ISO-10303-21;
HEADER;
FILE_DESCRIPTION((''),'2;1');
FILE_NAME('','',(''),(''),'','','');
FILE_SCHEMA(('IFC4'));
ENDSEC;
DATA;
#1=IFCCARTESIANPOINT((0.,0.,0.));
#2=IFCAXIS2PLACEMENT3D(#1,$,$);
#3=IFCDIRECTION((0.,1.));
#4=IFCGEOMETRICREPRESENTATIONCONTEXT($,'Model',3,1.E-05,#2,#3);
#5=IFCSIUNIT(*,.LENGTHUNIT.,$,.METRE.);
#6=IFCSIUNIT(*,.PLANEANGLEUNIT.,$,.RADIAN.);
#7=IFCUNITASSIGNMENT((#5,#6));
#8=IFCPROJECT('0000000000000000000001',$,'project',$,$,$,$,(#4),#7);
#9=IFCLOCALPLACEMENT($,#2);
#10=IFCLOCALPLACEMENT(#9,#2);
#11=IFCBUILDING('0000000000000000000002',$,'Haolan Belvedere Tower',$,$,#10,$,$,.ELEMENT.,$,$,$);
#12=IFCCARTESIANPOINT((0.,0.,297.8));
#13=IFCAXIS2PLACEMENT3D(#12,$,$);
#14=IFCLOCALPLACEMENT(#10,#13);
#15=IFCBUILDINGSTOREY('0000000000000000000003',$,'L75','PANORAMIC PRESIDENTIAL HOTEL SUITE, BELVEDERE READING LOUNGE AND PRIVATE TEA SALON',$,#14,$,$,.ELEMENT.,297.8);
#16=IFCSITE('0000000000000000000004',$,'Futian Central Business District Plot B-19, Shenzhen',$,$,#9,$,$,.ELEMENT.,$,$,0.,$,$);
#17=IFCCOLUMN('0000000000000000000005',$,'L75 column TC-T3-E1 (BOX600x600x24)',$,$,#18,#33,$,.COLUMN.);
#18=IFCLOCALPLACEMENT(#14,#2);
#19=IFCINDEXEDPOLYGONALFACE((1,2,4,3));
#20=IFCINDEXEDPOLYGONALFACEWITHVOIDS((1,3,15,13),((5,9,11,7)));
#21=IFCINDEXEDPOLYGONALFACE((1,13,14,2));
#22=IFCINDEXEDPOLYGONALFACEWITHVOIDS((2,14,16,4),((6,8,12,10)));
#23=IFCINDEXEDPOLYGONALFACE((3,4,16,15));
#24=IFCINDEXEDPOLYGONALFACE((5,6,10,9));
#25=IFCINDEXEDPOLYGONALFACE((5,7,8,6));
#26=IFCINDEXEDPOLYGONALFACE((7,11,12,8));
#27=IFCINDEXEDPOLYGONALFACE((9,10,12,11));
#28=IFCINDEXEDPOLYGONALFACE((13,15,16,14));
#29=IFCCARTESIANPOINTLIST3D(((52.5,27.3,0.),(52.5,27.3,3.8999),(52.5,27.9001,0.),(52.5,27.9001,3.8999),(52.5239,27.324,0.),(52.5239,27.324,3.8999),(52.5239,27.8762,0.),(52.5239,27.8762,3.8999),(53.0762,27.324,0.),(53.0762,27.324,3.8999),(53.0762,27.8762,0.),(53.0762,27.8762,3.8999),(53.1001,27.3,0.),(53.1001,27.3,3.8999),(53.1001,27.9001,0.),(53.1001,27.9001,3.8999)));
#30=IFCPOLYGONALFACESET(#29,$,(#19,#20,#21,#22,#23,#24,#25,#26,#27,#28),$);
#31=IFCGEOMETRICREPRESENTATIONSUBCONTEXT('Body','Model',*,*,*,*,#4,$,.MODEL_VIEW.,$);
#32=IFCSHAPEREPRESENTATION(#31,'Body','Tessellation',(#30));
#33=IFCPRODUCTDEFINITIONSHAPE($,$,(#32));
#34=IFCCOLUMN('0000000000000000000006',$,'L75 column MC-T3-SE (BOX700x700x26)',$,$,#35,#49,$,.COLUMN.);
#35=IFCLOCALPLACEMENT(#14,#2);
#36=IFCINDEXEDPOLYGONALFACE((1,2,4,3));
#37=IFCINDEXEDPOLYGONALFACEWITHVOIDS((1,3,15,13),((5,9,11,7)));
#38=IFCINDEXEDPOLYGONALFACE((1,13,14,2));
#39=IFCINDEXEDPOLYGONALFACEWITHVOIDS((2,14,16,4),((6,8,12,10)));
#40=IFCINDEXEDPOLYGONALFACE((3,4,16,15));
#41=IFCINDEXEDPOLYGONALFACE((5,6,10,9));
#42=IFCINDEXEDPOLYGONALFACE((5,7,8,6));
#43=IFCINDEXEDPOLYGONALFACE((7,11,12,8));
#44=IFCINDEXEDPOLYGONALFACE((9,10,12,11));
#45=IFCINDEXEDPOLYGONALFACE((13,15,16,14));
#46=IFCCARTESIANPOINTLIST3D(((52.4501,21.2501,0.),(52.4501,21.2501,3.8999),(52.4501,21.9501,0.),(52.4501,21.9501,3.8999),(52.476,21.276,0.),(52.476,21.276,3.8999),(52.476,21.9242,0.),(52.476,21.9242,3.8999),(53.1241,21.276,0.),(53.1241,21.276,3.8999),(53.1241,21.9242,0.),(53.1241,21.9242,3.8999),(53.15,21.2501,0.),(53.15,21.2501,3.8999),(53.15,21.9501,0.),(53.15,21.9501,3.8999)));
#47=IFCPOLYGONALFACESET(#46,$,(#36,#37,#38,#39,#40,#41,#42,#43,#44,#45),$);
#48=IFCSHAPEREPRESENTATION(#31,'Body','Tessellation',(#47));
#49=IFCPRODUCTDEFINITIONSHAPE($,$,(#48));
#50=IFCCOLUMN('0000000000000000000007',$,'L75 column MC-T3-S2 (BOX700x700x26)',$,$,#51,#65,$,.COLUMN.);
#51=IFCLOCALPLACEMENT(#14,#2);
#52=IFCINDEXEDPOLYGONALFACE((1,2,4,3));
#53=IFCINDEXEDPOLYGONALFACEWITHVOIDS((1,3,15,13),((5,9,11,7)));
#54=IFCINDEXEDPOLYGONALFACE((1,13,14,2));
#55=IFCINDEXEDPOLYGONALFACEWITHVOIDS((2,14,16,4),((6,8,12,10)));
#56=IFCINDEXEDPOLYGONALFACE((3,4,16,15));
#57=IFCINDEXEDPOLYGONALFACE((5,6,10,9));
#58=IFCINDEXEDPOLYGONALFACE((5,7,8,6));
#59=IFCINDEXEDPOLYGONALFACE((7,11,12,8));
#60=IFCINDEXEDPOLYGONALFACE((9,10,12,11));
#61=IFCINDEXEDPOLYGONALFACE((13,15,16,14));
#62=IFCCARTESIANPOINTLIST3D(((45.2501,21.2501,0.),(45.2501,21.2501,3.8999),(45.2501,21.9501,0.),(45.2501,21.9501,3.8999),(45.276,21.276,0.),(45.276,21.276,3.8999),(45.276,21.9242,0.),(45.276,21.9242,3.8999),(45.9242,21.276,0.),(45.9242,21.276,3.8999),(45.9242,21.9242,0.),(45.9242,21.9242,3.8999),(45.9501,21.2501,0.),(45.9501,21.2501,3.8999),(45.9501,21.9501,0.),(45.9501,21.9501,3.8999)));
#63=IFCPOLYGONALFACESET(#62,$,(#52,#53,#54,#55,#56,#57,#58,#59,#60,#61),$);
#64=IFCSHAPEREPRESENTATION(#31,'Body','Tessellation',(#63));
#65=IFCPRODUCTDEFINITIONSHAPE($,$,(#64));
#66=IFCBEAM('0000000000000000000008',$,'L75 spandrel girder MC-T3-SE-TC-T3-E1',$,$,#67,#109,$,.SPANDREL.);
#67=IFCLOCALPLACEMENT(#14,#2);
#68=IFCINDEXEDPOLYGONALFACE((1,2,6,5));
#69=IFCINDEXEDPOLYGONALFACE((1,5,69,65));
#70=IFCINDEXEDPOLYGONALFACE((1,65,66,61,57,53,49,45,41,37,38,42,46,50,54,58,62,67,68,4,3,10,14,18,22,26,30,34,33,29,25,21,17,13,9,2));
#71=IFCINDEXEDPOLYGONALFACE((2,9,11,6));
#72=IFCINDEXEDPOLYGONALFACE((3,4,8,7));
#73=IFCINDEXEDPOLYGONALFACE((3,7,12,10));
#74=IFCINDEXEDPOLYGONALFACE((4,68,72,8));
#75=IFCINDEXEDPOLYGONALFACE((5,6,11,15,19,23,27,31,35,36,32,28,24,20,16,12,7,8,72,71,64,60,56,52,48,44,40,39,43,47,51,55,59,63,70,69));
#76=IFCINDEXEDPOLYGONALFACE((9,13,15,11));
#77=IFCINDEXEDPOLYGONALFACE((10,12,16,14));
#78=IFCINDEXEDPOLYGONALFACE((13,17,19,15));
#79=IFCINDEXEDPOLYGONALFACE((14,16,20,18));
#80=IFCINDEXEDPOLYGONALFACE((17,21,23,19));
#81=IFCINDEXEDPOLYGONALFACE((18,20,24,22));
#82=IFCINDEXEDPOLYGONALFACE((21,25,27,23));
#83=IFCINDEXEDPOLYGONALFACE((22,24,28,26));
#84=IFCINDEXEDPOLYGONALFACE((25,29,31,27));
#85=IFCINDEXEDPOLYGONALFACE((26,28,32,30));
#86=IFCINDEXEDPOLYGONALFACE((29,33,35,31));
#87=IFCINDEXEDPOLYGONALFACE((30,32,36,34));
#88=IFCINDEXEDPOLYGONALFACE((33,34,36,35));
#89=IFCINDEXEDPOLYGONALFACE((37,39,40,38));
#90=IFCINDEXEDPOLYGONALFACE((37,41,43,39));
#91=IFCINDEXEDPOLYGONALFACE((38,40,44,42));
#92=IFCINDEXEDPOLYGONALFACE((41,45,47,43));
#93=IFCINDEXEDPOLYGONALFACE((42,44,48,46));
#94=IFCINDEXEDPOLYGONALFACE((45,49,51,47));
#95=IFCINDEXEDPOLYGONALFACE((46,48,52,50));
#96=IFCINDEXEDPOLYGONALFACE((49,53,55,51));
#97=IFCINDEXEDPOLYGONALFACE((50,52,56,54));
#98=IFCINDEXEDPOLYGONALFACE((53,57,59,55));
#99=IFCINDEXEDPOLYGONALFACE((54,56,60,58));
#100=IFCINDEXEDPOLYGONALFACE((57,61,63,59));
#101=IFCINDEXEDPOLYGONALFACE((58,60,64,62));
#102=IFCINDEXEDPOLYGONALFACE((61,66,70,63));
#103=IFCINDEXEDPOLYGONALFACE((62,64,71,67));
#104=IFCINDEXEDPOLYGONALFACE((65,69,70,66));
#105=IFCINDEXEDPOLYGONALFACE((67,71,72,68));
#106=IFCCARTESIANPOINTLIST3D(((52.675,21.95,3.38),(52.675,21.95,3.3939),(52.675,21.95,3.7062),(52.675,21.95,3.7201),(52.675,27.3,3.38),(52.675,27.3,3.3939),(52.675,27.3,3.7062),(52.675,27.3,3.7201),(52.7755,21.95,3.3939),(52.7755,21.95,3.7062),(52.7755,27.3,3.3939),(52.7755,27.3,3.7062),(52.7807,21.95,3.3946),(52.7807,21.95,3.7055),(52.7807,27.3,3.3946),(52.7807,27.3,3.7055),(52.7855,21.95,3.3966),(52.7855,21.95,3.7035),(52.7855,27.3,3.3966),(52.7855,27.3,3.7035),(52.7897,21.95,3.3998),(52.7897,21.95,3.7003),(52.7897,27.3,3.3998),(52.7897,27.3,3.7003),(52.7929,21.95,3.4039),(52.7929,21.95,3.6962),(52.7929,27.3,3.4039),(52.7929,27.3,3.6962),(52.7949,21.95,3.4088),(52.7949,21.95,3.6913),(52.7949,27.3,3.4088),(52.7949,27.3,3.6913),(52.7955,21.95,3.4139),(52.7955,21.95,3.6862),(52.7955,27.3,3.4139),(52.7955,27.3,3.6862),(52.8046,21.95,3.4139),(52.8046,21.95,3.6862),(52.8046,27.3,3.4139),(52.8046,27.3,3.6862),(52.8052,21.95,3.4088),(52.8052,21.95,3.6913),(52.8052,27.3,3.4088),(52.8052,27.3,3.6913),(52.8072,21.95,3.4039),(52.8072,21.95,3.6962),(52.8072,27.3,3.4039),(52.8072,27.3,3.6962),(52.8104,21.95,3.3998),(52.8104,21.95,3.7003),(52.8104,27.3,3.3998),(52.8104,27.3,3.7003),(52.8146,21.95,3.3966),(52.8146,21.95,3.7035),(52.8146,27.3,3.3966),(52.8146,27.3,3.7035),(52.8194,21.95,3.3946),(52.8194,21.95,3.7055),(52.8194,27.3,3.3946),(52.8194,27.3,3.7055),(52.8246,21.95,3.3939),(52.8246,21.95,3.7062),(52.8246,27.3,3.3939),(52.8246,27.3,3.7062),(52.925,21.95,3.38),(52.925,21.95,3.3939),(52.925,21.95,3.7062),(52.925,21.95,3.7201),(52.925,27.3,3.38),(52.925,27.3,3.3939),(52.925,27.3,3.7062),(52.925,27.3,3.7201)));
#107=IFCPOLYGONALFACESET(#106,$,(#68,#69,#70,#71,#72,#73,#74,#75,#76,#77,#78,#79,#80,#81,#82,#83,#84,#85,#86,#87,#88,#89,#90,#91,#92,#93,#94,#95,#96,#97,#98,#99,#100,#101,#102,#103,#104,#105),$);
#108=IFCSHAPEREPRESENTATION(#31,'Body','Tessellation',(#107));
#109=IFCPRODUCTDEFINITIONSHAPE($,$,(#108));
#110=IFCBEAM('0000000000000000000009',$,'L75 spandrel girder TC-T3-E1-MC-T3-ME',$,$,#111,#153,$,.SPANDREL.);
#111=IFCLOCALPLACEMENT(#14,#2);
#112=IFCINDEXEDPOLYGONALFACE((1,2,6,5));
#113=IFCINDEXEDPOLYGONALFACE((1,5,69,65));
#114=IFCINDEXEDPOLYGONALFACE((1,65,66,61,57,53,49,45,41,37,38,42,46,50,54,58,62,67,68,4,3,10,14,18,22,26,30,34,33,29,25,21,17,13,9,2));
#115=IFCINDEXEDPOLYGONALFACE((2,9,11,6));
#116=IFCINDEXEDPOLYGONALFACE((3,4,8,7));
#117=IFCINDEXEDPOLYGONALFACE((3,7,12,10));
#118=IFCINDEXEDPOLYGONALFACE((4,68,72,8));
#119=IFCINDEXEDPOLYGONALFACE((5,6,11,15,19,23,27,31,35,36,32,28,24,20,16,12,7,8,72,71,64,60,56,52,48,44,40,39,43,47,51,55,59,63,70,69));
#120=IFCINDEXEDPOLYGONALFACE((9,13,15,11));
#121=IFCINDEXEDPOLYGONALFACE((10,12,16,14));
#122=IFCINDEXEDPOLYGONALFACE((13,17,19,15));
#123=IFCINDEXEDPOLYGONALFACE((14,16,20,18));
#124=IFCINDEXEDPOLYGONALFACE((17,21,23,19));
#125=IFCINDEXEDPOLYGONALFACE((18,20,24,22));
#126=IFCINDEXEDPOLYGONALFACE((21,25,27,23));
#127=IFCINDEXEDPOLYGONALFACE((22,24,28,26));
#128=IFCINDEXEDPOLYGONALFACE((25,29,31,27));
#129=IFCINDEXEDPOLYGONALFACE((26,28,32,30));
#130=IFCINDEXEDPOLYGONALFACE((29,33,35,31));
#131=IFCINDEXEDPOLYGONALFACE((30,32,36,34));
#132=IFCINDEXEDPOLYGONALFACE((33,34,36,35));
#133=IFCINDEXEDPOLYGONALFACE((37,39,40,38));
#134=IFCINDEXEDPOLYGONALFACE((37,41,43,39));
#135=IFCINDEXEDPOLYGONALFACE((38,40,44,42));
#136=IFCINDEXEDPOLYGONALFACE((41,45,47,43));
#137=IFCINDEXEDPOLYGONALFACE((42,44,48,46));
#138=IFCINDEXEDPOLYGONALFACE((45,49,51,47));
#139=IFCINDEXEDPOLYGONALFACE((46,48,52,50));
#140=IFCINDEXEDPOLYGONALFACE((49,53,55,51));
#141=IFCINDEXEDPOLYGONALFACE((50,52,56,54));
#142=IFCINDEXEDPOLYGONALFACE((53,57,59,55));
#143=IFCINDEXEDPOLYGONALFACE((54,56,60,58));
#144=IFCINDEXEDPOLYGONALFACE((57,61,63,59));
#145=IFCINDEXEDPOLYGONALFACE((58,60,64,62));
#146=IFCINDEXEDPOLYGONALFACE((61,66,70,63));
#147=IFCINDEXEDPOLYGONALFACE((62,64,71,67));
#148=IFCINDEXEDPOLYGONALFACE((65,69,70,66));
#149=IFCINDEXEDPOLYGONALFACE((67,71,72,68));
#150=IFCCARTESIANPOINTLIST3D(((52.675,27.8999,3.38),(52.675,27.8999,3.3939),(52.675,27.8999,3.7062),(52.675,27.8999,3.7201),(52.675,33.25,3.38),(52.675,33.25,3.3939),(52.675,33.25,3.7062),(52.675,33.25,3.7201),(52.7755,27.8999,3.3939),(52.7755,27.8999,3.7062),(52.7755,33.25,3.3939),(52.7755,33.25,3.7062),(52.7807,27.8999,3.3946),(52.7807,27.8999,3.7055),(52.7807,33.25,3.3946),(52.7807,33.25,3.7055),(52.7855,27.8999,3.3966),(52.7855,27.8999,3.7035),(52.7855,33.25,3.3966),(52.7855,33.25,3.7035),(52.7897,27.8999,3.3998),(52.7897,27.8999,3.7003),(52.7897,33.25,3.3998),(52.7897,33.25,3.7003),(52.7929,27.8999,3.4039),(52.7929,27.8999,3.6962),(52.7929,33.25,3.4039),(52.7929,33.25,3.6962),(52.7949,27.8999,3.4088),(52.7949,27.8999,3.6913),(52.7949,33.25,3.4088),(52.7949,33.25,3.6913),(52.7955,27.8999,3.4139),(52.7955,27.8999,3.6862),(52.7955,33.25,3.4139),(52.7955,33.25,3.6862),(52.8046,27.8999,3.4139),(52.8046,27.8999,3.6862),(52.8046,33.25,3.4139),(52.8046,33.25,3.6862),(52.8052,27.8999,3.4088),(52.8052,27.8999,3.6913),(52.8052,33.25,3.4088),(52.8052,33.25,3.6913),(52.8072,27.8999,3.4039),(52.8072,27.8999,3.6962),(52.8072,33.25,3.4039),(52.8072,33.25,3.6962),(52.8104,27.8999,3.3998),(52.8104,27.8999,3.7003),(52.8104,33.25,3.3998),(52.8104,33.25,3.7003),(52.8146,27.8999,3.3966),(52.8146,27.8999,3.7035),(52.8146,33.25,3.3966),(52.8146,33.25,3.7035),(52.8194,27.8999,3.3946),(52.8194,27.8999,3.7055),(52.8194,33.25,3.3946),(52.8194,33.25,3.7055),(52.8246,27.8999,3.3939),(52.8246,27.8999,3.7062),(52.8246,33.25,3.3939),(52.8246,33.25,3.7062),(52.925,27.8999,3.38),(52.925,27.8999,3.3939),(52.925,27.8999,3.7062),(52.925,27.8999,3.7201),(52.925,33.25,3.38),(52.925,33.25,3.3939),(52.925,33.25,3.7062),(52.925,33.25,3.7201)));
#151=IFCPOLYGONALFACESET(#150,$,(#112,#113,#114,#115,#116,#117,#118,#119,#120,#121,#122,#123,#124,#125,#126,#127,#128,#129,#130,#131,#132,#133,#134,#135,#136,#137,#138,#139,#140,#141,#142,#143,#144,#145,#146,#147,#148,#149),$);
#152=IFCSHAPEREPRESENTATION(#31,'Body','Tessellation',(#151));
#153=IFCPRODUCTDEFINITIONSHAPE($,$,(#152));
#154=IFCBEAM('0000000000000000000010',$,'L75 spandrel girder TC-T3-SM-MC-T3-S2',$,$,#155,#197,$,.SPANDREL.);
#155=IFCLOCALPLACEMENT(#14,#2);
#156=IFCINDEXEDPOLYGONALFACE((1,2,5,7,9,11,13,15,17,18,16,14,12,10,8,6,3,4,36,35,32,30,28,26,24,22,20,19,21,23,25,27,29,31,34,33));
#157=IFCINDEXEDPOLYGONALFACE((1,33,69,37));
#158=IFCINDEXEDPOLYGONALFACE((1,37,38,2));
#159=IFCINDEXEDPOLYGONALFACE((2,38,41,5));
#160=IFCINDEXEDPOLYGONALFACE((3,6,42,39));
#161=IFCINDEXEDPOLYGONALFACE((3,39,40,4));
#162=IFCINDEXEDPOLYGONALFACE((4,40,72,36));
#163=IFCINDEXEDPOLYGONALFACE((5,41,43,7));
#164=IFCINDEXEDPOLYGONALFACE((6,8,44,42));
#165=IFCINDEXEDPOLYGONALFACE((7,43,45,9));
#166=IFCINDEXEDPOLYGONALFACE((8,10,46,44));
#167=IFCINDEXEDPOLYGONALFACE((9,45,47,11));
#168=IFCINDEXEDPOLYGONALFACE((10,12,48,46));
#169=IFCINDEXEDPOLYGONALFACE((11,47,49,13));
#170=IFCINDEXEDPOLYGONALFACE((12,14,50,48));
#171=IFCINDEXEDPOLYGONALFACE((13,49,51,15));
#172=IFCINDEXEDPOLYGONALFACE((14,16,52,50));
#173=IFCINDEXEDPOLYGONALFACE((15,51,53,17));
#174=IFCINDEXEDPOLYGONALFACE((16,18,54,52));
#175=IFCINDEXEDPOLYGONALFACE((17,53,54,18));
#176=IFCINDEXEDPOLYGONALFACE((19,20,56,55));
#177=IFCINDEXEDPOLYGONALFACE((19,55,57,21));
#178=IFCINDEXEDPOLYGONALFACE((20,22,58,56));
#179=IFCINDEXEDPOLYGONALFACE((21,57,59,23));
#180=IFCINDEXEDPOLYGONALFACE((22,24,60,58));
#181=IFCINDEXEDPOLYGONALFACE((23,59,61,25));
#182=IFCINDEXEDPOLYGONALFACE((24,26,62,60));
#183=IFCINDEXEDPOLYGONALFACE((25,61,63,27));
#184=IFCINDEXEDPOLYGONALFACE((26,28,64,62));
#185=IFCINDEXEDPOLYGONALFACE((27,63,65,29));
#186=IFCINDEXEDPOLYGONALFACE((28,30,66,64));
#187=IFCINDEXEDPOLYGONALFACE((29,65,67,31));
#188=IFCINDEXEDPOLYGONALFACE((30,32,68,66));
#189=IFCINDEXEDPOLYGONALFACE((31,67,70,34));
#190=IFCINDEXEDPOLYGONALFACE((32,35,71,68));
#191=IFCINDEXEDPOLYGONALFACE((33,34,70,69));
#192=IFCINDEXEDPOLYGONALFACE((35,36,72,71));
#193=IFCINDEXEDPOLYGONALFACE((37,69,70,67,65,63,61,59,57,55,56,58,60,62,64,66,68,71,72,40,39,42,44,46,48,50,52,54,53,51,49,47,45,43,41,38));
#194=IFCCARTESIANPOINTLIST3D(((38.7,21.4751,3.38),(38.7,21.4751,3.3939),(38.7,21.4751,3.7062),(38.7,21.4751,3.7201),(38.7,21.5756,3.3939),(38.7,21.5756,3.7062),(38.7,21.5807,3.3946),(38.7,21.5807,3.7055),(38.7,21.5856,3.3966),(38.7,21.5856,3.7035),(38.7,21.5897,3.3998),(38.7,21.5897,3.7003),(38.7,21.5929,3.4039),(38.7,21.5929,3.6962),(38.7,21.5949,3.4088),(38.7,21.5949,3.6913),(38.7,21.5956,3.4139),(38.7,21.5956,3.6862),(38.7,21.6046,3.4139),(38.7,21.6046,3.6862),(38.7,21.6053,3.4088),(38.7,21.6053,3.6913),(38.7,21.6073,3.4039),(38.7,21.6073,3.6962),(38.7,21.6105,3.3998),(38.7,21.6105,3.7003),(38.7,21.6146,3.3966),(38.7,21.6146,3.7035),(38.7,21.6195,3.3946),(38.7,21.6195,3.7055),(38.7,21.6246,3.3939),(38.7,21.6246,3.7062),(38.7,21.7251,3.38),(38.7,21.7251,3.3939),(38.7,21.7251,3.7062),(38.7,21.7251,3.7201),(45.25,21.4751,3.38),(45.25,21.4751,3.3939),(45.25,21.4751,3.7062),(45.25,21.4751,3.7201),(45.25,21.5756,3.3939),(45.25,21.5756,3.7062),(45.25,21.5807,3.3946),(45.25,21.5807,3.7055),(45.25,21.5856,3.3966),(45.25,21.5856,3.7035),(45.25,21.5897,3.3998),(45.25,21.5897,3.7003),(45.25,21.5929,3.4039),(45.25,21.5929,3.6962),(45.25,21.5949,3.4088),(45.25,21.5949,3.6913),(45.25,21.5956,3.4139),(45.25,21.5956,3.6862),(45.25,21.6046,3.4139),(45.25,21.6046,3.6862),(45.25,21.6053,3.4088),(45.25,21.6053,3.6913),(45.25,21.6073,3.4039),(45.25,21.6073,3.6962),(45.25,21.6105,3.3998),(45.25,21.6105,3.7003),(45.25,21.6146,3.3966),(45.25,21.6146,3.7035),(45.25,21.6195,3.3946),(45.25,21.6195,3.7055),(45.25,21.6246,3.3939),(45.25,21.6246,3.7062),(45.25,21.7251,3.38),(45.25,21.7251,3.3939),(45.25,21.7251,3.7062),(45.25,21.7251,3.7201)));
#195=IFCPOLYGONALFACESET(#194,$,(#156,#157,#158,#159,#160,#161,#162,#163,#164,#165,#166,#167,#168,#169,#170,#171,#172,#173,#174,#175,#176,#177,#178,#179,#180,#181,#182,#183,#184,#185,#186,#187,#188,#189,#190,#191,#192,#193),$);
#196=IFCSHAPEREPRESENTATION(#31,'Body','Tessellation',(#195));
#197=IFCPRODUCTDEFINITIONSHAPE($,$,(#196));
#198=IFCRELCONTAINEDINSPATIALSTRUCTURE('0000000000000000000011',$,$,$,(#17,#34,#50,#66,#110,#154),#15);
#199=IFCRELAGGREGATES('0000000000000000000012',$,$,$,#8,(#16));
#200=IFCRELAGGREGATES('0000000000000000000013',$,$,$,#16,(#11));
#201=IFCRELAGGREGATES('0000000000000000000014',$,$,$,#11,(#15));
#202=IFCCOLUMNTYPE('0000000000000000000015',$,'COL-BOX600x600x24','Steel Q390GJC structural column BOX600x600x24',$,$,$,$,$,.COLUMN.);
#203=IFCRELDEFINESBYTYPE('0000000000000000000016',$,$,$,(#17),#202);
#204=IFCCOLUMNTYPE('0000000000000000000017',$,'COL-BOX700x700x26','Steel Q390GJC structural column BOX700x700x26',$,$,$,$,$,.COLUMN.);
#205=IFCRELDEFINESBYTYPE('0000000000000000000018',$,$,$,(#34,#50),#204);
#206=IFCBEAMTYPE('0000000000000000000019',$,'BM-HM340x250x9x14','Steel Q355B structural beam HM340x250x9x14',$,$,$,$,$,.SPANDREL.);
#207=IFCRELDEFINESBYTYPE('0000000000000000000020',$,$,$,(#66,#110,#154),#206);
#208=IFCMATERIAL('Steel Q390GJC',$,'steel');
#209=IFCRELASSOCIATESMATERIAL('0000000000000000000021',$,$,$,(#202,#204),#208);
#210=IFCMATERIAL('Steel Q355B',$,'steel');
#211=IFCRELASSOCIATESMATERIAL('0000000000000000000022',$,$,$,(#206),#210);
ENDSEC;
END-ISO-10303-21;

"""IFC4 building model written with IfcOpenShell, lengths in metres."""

from ifc_helpers import new_model, si_unit, direction, frame, origin, origin_2d, place, context, subcontext, project, spatial, hollow_rectangle, i_section, extrude, material, material_profile, profile_set, type_object, element, save


model = new_model("IFC4")

# Units and contexts
model_context = context("Model", 3, precision=1e-05, world=origin(), true_north=direction((0.0, 1.0)))
body_context = subcontext(model_context, "Body", "Model", "MODEL_VIEW")
ifc_project = project(units=[si_unit("LENGTHUNIT", "METRE"), si_unit("PLANEANGLEUNIT", "RADIAN")], contexts=[model_context])

# Site, building, storey
site_placement = place(None, origin())
site = spatial("IfcSite", under=ifc_project, at=site_placement, Name="Futian Central Business District Plot B-19, Shenzhen", CompositionType="ELEMENT", RefElevation=0.0)
building_placement = place(site_placement, origin())
building = spatial("IfcBuilding", under=site, at=building_placement, Name="Haolan Belvedere Tower", CompositionType="ELEMENT")
storey_placement = place(building_placement, frame((0.0, 0.0, 297.8)))
storey = spatial("IfcBuildingStorey", under=building, at=storey_placement, Name="L75", Description="PANORAMIC PRESIDENTIAL HOTEL SUITE, BELVEDERE READING LOUNGE AND PRIVATE TEA SALON", CompositionType="ELEMENT", Elevation=297.8)

# Columns
ifc_material_1 = material(Name="Steel Q390GJC", Category="steel")
ifc_material_profile_1 = material_profile(ifc_material_1, hollow_rectangle(XDim=0.6001, YDim=0.6001, WallThickness=0.0239, at=origin_2d()), Name="Steel Q390GJC")
ifc_profile_set_1 = profile_set([ifc_material_profile_1], Name="Steel Q390GJC")
column_type_1 = type_object("IfcColumnType", Name="COL-BOX600x600x24", Description="Steel Q390GJC structural column BOX600x600x24", PredefinedType="COLUMN", material=ifc_profile_set_1)
column_placement = place(storey_placement, frame((52.8, 27.6001, 0.0), z_axis=(0.0, 0.0, 1.0), x_axis=(1.0, 0.0, 0.0)))
element("IfcColumn", 1, at=column_placement, inside=storey, type_object=column_type_1, Name="L75 column TC-T3-E1 (BOX600x600x24)", PredefinedType="COLUMN", context=body_context, shape_type="SweptSolid", body=[
    extrude(hollow_rectangle(XDim=0.6001, YDim=0.6001, WallThickness=0.0239, at=origin_2d()), origin(), (0.0, 0.0, 1.0), 3.8999),
])
ifc_material_profile_2 = material_profile(ifc_material_1, hollow_rectangle(XDim=0.7, YDim=0.7, WallThickness=0.0259, at=origin_2d()), Name="Steel Q390GJC")
ifc_profile_set_2 = profile_set([ifc_material_profile_2], Name="Steel Q390GJC")
column_type_2 = type_object("IfcColumnType", Name="COL-BOX700x700x26", Description="Steel Q390GJC structural column BOX700x700x26", PredefinedType="COLUMN", material=ifc_profile_set_2)
for number, where, z_axis, x_axis, name in (
    (2, (52.8, 21.6001, 0.0), (0.0, 0.0, 1.0), (1.0, 0.0, 0.0), "L75 column MC-T3-SE (BOX700x700x26)"),
    (3, (45.6001, 21.6001, 0.0), (0.0, 0.0, 1.0), (1.0, 0.0, 0.0), "L75 column MC-T3-S2 (BOX700x700x26)"),
):
    element("IfcColumn", number, at=place(storey_placement, frame(where, z_axis=z_axis, x_axis=x_axis)), inside=storey, type_object=column_type_2, Name=name, PredefinedType="COLUMN", context=body_context, shape_type="SweptSolid", body=[
        extrude(hollow_rectangle(XDim=0.7, YDim=0.7, WallThickness=0.0259, at=origin_2d()), origin(), (0.0, 0.0, 1.0), 3.8999),
    ])

# Beams
ifc_material_2 = material(Name="Steel Q355B", Category="steel")
ifc_material_profile_3 = material_profile(ifc_material_2, i_section(OverallWidth=0.25, OverallDepth=0.3401, WebThickness=0.009, FlangeThickness=0.0139, FilletRadius=0.02, at=origin_2d()), Name="Steel Q355B")
ifc_profile_set_3 = profile_set([ifc_material_profile_3], Name="Steel Q355B")
beam_type_1 = type_object("IfcBeamType", Name="BM-HM340x250x9x14", Description="Steel Q355B structural beam HM340x250x9x14", PredefinedType="SPANDREL", material=ifc_profile_set_3)
for number, where, z_axis, x_axis, name in (
    (4, (52.8, 21.95, 3.55), (0.0, 1.0, 0.0), (-1.0, 0.0, 0.0), "L75 spandrel girder MC-T3-SE-TC-T3-E1"),
    (5, (52.8, 27.8999, 3.55), (0.0, 1.0, 0.0), (-1.0, 0.0, 0.0), "L75 spandrel girder TC-T3-E1-MC-T3-ME"),
):
    element("IfcBeam", number, at=place(storey_placement, frame(where, z_axis=z_axis, x_axis=x_axis)), inside=storey, type_object=beam_type_1, Name=name, PredefinedType="SPANDREL", context=body_context, shape_type="SweptSolid", body=[
        extrude(i_section(OverallWidth=0.25, OverallDepth=0.3401, WebThickness=0.009, FlangeThickness=0.0139, FilletRadius=0.02, at=origin_2d()), origin(), (0.0, 0.0, 1.0), 5.3501),
    ])
beam_1_placement = place(storey_placement, frame((38.7, 21.6001, 3.55), z_axis=(1.0, 0.0, 0.0), x_axis=(0.0, 1.0, 0.0)))
element("IfcBeam", 6, at=beam_1_placement, inside=storey, type_object=beam_type_1, Name="L75 spandrel girder TC-T3-SM-MC-T3-S2", PredefinedType="SPANDREL", context=body_context, shape_type="SweptSolid", body=[
    extrude(i_section(OverallWidth=0.25, OverallDepth=0.3401, WebThickness=0.009, FlangeThickness=0.0139, FilletRadius=0.02, at=origin_2d()), origin(), (0.0, 0.0, 1.0), 6.55),
])

save(model, "model.ifc")
